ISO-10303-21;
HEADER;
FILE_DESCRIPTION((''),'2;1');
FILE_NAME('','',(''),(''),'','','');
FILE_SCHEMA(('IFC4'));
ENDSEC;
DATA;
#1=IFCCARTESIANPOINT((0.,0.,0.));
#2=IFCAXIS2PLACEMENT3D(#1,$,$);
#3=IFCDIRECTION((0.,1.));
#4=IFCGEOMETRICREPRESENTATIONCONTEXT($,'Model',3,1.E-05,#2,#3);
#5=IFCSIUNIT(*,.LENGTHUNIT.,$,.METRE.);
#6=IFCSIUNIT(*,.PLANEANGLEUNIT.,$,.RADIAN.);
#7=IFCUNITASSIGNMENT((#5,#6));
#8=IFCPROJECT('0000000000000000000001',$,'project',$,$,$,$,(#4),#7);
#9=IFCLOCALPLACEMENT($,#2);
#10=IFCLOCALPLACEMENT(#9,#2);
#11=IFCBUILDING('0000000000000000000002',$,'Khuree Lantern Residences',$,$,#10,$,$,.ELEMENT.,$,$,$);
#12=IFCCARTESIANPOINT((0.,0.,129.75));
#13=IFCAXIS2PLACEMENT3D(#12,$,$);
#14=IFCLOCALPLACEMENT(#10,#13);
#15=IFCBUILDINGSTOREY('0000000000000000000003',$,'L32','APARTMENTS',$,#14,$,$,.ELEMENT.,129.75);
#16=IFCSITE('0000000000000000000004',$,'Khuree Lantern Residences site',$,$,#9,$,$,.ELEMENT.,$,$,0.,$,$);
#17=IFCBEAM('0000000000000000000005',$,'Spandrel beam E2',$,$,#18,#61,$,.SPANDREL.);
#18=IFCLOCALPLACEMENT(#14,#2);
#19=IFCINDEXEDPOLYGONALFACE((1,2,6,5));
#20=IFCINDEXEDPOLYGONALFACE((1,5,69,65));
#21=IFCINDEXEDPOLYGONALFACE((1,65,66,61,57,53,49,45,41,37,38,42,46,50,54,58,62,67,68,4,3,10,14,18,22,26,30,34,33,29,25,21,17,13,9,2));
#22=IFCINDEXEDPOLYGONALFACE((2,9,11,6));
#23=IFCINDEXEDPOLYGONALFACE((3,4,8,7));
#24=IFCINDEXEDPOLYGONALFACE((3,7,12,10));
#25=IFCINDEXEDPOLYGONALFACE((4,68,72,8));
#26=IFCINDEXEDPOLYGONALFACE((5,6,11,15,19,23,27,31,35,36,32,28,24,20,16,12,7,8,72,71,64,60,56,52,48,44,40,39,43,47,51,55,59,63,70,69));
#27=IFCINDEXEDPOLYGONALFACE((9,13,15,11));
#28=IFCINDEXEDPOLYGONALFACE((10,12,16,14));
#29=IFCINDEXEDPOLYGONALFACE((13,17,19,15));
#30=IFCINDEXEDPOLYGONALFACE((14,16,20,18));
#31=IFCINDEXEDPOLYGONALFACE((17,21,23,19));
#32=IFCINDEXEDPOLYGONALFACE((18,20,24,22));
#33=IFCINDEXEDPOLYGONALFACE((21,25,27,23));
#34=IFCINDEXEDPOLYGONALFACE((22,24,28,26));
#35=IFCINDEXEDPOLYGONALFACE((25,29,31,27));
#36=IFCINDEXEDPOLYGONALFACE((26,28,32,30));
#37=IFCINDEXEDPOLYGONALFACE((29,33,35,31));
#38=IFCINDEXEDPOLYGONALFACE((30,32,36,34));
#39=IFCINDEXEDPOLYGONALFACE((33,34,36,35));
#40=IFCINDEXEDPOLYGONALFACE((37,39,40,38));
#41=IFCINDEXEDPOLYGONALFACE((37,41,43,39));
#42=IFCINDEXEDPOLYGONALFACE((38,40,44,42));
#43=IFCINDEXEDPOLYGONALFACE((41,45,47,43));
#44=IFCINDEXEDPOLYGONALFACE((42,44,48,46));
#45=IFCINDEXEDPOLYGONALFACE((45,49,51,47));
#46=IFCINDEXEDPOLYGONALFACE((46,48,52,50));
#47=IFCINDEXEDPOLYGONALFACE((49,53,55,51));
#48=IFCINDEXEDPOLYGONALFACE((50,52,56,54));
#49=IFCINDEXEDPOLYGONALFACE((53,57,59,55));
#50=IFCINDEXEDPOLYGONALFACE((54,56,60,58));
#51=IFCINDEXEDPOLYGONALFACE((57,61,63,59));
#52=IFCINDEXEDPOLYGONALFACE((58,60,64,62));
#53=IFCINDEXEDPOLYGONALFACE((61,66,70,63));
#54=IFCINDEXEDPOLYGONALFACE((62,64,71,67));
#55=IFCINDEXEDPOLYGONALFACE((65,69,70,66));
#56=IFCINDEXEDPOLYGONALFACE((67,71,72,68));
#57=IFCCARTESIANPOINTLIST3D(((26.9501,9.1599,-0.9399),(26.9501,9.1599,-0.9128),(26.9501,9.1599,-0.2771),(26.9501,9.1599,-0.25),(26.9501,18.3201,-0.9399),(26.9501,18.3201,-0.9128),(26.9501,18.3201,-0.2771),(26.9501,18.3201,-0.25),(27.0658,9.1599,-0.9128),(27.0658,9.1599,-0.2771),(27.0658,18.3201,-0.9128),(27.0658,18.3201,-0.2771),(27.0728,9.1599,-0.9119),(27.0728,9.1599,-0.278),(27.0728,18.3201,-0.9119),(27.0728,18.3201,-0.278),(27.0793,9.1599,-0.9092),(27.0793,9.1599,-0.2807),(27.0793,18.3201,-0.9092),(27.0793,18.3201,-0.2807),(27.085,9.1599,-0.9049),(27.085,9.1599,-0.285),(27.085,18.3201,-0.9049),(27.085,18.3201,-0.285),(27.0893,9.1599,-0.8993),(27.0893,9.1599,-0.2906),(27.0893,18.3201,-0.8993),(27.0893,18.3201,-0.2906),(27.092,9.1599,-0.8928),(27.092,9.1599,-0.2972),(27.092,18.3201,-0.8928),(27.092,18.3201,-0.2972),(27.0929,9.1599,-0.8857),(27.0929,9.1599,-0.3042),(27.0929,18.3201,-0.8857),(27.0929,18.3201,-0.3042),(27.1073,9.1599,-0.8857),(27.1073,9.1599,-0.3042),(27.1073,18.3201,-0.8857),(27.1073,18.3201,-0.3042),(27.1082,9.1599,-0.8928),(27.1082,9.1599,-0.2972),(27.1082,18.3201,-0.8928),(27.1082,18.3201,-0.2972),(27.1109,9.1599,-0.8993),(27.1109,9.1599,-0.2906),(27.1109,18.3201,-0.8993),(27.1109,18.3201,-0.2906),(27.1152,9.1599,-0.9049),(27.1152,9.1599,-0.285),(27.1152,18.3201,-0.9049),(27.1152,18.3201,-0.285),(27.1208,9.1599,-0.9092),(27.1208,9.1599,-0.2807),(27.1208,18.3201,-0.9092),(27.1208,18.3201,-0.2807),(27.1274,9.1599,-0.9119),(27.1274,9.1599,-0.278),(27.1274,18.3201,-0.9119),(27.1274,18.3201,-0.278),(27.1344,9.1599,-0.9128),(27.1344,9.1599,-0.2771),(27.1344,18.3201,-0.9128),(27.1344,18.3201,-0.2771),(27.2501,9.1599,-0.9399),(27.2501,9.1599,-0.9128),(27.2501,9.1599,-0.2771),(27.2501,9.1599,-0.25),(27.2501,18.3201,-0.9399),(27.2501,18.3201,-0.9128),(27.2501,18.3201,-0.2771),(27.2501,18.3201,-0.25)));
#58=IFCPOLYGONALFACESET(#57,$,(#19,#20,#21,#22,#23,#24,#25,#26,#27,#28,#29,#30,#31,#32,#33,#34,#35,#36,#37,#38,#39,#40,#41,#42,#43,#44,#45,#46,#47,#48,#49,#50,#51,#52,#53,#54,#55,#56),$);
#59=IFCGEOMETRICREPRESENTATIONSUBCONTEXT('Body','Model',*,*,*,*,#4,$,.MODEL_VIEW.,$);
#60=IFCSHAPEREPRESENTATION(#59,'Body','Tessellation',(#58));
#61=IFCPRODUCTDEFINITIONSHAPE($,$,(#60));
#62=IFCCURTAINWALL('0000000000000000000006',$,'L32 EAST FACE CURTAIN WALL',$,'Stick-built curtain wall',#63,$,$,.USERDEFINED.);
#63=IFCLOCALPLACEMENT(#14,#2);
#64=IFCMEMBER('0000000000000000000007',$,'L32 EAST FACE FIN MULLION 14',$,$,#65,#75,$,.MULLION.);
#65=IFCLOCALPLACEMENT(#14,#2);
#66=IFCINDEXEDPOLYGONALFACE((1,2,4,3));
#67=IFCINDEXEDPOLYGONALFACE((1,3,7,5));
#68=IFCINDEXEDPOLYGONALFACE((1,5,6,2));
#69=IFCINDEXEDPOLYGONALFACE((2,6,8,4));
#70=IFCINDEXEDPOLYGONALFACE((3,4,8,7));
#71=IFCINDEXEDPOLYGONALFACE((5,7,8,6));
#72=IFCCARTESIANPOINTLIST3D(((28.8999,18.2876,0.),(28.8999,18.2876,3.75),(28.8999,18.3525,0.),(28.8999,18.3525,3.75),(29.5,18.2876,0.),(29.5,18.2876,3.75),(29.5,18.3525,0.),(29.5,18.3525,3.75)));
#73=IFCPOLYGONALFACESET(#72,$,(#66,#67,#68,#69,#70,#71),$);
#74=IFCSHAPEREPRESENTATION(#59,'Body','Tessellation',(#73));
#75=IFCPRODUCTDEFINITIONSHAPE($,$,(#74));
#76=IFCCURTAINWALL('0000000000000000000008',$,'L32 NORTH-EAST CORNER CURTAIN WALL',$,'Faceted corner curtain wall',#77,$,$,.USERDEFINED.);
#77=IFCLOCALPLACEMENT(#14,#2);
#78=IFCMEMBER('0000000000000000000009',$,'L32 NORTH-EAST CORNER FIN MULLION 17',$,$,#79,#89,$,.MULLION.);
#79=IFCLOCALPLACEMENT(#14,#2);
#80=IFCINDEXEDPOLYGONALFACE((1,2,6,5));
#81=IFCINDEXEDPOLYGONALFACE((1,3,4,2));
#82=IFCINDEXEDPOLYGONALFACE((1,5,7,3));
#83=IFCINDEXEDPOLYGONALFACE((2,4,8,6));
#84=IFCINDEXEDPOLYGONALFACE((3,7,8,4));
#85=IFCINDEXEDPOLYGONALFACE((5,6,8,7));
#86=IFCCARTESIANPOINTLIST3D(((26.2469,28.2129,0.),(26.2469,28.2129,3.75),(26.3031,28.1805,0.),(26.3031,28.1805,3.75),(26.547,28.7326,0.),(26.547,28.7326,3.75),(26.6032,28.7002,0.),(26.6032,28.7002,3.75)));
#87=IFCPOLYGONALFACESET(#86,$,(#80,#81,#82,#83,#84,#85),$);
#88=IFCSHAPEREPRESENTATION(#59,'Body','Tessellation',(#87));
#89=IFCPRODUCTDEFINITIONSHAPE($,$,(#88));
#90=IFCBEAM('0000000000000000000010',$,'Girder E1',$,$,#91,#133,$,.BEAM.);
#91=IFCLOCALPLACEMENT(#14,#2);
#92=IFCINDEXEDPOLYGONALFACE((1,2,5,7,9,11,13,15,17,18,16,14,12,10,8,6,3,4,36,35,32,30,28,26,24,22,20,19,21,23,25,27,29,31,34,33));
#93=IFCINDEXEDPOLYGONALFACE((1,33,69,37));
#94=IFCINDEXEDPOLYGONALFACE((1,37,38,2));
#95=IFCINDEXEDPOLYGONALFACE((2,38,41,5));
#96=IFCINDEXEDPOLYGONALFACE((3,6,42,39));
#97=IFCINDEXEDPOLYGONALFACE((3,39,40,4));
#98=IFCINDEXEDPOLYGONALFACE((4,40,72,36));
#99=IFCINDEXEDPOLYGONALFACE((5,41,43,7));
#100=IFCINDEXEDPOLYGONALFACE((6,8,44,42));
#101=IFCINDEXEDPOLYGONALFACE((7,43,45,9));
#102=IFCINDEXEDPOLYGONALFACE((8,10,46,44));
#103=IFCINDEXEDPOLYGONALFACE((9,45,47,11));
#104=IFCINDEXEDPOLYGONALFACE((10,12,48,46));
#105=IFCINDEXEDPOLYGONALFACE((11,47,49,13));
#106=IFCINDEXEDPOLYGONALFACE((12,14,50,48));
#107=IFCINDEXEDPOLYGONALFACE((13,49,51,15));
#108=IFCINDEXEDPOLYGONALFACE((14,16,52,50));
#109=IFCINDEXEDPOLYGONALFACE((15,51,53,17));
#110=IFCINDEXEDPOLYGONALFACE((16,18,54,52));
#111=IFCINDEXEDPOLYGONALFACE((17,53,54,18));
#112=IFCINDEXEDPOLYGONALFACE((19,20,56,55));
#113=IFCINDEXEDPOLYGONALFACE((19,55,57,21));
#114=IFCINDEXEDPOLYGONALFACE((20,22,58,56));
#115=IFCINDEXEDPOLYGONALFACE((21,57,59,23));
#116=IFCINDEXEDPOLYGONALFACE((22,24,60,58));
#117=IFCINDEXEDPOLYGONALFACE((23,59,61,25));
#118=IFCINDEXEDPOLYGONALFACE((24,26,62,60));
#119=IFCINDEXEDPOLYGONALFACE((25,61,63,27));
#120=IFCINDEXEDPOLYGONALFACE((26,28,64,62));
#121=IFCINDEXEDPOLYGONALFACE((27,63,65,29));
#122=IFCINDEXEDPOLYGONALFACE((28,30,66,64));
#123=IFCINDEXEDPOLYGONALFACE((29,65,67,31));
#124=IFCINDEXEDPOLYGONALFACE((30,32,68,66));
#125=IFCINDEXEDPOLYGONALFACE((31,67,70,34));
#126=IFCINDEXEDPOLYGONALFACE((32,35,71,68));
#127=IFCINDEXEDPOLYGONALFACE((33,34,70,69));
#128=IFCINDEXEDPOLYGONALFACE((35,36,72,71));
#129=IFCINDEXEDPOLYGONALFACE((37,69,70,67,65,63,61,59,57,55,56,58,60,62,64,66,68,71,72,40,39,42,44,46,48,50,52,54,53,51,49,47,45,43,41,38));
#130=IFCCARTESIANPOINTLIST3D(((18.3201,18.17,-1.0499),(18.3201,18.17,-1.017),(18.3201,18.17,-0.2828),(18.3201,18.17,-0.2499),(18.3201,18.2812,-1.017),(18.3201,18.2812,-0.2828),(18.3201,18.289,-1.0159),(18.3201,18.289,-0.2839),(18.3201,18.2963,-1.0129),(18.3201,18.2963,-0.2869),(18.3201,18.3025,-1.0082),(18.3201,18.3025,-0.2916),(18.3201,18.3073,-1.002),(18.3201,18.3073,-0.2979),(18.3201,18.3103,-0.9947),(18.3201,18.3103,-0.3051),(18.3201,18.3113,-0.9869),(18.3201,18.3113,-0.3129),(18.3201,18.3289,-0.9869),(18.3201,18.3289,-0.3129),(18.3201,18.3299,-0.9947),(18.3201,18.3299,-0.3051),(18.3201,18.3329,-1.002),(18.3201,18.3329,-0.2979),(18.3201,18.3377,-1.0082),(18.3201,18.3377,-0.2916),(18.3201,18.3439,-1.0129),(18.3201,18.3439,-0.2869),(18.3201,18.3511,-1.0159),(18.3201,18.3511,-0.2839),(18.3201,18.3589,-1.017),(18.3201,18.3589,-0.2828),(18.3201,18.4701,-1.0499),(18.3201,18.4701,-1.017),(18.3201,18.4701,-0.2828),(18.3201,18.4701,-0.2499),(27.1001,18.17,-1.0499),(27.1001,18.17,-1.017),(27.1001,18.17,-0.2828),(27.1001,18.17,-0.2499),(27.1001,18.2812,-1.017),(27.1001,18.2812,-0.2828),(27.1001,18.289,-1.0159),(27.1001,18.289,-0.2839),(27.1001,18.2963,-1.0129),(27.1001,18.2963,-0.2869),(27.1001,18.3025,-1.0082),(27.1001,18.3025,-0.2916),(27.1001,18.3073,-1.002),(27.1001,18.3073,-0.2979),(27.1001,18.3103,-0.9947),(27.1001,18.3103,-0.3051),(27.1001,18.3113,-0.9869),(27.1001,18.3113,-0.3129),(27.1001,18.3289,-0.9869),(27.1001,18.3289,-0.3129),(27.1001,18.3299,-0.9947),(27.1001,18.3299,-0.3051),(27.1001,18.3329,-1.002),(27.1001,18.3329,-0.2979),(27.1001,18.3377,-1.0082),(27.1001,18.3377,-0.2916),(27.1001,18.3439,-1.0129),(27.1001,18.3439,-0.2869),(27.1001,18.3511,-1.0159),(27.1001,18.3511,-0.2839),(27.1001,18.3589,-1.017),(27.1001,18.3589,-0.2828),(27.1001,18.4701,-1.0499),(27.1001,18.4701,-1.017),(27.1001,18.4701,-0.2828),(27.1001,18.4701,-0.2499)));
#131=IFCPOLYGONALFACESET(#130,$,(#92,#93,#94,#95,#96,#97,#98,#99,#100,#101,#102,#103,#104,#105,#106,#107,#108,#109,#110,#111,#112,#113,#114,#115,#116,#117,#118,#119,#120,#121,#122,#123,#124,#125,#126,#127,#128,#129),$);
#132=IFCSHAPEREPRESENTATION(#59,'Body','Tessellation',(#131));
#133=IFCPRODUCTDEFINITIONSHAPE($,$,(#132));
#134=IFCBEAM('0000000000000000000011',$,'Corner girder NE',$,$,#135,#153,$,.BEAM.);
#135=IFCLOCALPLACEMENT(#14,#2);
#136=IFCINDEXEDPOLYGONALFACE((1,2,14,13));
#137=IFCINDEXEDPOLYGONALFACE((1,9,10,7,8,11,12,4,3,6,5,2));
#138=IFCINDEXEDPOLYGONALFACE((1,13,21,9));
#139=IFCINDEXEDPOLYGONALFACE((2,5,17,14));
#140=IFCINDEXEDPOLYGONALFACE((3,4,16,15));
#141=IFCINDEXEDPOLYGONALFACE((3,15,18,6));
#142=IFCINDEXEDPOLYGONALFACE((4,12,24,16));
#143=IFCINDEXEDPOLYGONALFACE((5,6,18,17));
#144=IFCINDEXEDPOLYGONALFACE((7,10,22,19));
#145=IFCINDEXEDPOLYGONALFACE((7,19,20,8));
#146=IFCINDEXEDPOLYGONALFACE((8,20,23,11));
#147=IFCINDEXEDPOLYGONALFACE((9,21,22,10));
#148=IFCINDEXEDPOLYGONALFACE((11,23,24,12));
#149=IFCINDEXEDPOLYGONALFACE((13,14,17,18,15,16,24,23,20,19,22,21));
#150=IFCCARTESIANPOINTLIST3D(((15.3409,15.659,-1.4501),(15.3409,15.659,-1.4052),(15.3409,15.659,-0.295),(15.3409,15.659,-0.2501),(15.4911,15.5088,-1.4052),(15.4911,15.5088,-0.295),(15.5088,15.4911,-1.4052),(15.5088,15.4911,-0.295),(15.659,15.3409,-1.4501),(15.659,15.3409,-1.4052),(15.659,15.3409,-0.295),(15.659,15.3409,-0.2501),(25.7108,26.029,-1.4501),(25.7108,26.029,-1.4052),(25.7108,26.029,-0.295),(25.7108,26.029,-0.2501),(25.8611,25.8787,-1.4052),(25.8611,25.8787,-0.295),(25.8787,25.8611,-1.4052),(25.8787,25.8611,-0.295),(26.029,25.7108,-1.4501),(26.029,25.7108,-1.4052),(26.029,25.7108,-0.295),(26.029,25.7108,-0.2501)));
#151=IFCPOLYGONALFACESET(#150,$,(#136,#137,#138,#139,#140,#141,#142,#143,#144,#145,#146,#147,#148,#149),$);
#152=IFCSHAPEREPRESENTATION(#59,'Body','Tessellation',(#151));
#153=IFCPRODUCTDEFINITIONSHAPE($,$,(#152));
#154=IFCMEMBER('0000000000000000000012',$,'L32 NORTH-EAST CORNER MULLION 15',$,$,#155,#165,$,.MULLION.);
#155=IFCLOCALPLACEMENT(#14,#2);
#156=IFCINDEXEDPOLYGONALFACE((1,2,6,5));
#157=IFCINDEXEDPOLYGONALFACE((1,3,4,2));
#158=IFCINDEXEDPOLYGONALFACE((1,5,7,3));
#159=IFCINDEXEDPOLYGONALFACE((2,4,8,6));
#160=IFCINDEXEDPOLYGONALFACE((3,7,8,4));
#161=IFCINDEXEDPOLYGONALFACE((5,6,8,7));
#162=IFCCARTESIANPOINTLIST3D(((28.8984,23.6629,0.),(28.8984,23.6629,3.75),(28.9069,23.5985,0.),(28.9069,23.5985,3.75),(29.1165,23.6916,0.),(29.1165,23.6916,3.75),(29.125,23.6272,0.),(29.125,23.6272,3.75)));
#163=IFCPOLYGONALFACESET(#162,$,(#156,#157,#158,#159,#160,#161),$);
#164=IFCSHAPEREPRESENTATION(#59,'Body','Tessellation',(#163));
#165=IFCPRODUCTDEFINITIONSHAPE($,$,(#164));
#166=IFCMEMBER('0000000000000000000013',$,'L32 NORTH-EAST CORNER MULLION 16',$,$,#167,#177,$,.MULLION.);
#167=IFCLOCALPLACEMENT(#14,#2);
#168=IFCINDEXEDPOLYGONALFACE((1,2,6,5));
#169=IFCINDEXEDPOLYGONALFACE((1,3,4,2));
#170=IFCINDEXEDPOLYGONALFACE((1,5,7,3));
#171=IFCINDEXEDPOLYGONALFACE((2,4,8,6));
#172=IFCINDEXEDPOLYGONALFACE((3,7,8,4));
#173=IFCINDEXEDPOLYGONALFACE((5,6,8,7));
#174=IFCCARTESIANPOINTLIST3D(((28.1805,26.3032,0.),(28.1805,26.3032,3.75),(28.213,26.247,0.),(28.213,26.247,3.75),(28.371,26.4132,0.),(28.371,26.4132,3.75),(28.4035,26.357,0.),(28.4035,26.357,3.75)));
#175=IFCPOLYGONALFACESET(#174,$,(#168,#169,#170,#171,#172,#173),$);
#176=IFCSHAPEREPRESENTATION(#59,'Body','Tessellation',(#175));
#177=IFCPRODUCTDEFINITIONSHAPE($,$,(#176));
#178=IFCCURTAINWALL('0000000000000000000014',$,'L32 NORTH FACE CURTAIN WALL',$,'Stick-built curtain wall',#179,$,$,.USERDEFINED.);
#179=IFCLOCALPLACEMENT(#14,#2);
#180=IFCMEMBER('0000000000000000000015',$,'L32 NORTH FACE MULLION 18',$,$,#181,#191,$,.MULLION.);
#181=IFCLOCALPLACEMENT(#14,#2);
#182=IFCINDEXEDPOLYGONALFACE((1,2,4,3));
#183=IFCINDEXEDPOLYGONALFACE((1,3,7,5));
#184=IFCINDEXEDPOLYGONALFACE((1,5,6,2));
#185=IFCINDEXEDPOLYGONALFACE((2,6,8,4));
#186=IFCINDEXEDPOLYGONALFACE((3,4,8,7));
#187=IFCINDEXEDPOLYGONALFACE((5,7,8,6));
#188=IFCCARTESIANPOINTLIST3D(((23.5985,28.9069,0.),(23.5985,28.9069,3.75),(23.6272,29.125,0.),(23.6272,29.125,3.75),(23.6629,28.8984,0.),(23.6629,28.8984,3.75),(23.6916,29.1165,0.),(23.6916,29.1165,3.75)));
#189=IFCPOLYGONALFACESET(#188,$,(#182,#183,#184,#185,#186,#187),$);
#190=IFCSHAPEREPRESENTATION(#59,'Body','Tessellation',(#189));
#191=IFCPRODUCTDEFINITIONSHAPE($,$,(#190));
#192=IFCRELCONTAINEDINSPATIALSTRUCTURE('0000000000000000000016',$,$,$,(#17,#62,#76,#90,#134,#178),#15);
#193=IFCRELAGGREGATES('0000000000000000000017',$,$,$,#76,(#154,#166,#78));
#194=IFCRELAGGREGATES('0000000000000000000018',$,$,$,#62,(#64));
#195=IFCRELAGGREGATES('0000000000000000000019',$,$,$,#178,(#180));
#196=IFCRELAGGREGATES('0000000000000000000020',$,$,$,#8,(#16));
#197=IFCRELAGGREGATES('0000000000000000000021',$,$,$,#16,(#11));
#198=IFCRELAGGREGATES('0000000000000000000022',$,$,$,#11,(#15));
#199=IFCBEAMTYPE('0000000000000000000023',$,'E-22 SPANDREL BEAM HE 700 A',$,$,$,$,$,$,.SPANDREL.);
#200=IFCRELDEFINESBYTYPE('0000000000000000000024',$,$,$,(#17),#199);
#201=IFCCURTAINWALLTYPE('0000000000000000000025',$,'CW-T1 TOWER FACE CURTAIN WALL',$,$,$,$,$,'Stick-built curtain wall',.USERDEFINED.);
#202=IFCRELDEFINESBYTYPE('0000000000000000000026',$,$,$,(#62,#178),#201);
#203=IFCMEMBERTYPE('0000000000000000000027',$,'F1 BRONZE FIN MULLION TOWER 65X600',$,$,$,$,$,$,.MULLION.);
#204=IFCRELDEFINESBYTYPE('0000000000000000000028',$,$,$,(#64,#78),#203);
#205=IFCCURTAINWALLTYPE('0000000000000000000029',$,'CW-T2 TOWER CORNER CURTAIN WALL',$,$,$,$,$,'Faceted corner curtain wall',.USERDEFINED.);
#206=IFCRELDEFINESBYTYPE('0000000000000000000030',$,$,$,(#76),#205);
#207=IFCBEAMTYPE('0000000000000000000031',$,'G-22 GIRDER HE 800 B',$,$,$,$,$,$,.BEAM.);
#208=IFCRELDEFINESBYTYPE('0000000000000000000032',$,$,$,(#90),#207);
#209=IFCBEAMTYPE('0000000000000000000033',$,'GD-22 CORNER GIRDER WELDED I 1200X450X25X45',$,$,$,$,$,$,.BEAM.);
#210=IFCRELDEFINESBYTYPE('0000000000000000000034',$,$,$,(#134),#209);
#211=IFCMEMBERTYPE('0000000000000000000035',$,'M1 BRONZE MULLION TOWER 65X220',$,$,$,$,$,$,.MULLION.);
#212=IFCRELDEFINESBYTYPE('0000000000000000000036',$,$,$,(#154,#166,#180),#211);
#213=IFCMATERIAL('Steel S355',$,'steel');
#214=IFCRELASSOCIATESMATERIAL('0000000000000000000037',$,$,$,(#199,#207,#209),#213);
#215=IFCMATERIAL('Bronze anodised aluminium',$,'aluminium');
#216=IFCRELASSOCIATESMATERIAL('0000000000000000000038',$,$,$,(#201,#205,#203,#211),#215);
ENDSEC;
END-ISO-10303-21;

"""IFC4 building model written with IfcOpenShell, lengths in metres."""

from ifc_helpers import new_model, si_unit, direction, frame, origin, origin_2d, place, context, subcontext, project, spatial, rectangle, i_section, extrude, material, material_profile, profile_set, type_object, element, aggregate, save


model = new_model("IFC4")

# Units and contexts
model_context = context("Model", 3, precision=1e-05, world=origin(), true_north=direction((0.0, 1.0)))
body_context = subcontext(model_context, "Body", "Model", "MODEL_VIEW")
ifc_project = project(units=[si_unit("LENGTHUNIT", "METRE"), si_unit("PLANEANGLEUNIT", "RADIAN")], contexts=[model_context])

# Site, building, storey
site_placement = place(None, origin())
site = spatial("IfcSite", under=ifc_project, at=site_placement, Name="Khuree Lantern Residences site", CompositionType="ELEMENT", RefElevation=0.0)
building_placement = place(site_placement, origin())
building = spatial("IfcBuilding", under=site, at=building_placement, Name="Khuree Lantern Residences", CompositionType="ELEMENT")
storey_placement = place(building_placement, frame((0.0, 0.0, 129.75)))
storey = spatial("IfcBuildingStorey", under=building, at=storey_placement, Name="L32", Description="APARTMENTS", CompositionType="ELEMENT", Elevation=129.75)

# Beam
ifc_material_1 = material(Name="Steel S355", Category="steel")
ifc_material_profile_1 = material_profile(ifc_material_1, i_section(OverallWidth=0.3, OverallDepth=0.6899, WebThickness=0.0144, FlangeThickness=0.0271, FilletRadius=0.0271, at=origin_2d()), Name="HE 700 A")
ifc_profile_set_1 = profile_set([ifc_material_profile_1], Name="Steel S355")
beam_type_1 = type_object("IfcBeamType", Name="E-22 SPANDREL BEAM HE 700 A", PredefinedType="SPANDREL", material=ifc_profile_set_1)
beam_1_placement = place(storey_placement, frame((27.1001, 18.3201, -0.595), z_axis=(0.0, -1.0, 0.0), x_axis=(1.0, 0.0, 0.0)))
element("IfcBeam", 1, at=beam_1_placement, inside=storey, type_object=beam_type_1, Name="Spandrel beam E2", PredefinedType="SPANDREL", context=body_context, shape_type="SweptSolid", body=[
    extrude(i_section(OverallWidth=0.3, OverallDepth=0.6899, WebThickness=0.0144, FlangeThickness=0.0271, FilletRadius=0.0271, at=origin_2d()), origin(), (0.0, 0.0, 1.0), 9.1602),
])

# Curtain walls, members
ifc_material_2 = material(Name="Bronze anodised aluminium", Category="aluminium")
curtain_wall_type_1 = type_object("IfcCurtainWallType", Name="CW-T1 TOWER FACE CURTAIN WALL", ElementType="Stick-built curtain wall", PredefinedType="USERDEFINED", material=ifc_material_2)
curtain_wall_1_placement = place(storey_placement, origin())
curtain_wall_1 = element("IfcCurtainWall", 2, at=curtain_wall_1_placement, inside=storey, type_object=curtain_wall_type_1, Name="L32 EAST FACE CURTAIN WALL", ObjectType="Stick-built curtain wall", PredefinedType="USERDEFINED")
ifc_material_profile_2 = material_profile(ifc_material_2, rectangle(XDim=0.0649, YDim=0.6001, at=origin_2d()), Name="F1 65X600")
ifc_profile_set_2 = profile_set([ifc_material_profile_2], Name="Bronze anodised aluminium")
member_type_1 = type_object("IfcMemberType", Name="F1 BRONZE FIN MULLION TOWER 65X600", PredefinedType="MULLION", material=ifc_profile_set_2)
member_1_placement = place(storey_placement, frame((29.2, 18.3201, 0.0), z_axis=(0.0, 0.0, 1.0), x_axis=(0.0, 1.0, 0.0)))
member_1 = element("IfcMember", 3, at=member_1_placement, type_object=member_type_1, Name="L32 EAST FACE FIN MULLION 14", PredefinedType="MULLION", context=body_context, shape_type="SweptSolid", body=[
    extrude(rectangle(XDim=0.0649, YDim=0.6001, at=origin_2d()), origin(), (0.0, 0.0, 1.0), 3.75),
])
curtain_wall_type_2 = type_object("IfcCurtainWallType", Name="CW-T2 TOWER CORNER CURTAIN WALL", ElementType="Faceted corner curtain wall", PredefinedType="USERDEFINED", material=ifc_material_2)
curtain_wall_2_placement = place(storey_placement, origin())
curtain_wall_2 = element("IfcCurtainWall", 4, at=curtain_wall_2_placement, inside=storey, type_object=curtain_wall_type_2, Name="L32 NORTH-EAST CORNER CURTAIN WALL", ObjectType="Faceted corner curtain wall", PredefinedType="USERDEFINED")
member_2_placement = place(storey_placement, frame((26.425, 28.4565, 0.0), z_axis=(0.0, 0.0, 1.0), x_axis=(-0.866025, 0.5, 0.0)))
member_2 = element("IfcMember", 5, at=member_2_placement, type_object=member_type_1, Name="L32 NORTH-EAST CORNER FIN MULLION 17", PredefinedType="MULLION", context=body_context, shape_type="SweptSolid", body=[
    extrude(rectangle(XDim=0.0649, YDim=0.6001, at=origin_2d()), origin(), (0.0, 0.0, 1.0), 3.75),
])

# Beams
ifc_material_profile_3 = material_profile(ifc_material_1, i_section(OverallWidth=0.3, OverallDepth=0.8, WebThickness=0.0176, FlangeThickness=0.033, FilletRadius=0.03, at=origin_2d()), Name="HE 800 B")
ifc_profile_set_3 = profile_set([ifc_material_profile_3], Name="Steel S355")
beam_type_2 = type_object("IfcBeamType", Name="G-22 GIRDER HE 800 B", PredefinedType="BEAM", material=ifc_profile_set_3)
beam_2_placement = place(storey_placement, frame((27.1001, 18.3201, -0.6499), z_axis=(-1.0, 0.0, 0.0), x_axis=(0.0, -1.0, 0.0)))
element("IfcBeam", 6, at=beam_2_placement, inside=storey, type_object=beam_type_2, Name="Girder E1", PredefinedType="BEAM", context=body_context, shape_type="SweptSolid", body=[
    extrude(i_section(OverallWidth=0.3, OverallDepth=0.8, WebThickness=0.0176, FlangeThickness=0.033, FilletRadius=0.03, at=origin_2d()), origin(), (0.0, 0.0, 1.0), 8.78),
])
ifc_material_profile_4 = material_profile(ifc_material_1, i_section(OverallWidth=0.45, OverallDepth=1.2, WebThickness=0.0249, FlangeThickness=0.0449, at=origin_2d()), Name="WELDED I 1200X450X25X45")
ifc_profile_set_4 = profile_set([ifc_material_profile_4], Name="Steel S355")
beam_type_3 = type_object("IfcBeamType", Name="GD-22 CORNER GIRDER WELDED I 1200X450X25X45", PredefinedType="BEAM", material=ifc_profile_set_4)
beam_3_placement = place(storey_placement, frame((25.8699, 25.8699, -0.8501), z_axis=(-0.707107, -0.707107, 0.0), x_axis=(0.707107, -0.707107, 0.0)))
element("IfcBeam", 7, at=beam_3_placement, inside=storey, type_object=beam_type_3, Name="Corner girder NE", PredefinedType="BEAM", context=body_context, shape_type="SweptSolid", body=[
    extrude(i_section(OverallWidth=0.45, OverallDepth=1.2, WebThickness=0.0249, FlangeThickness=0.0449, at=origin_2d()), origin(), (0.0, 0.0, 1.0), 14.6653),
])

# Members
ifc_material_profile_5 = material_profile(ifc_material_2, rectangle(XDim=0.0649, YDim=0.22, at=origin_2d()), Name="M1 65X220")
ifc_profile_set_5 = profile_set([ifc_material_profile_5], Name="Bronze anodised aluminium")
member_type_2 = type_object("IfcMemberType", Name="M1 BRONZE MULLION TOWER 65X220", PredefinedType="MULLION", material=ifc_profile_set_5)
member_3_placement = place(storey_placement, frame((29.0117, 23.645, 0.0), z_axis=(0.0, 0.0, 1.0), x_axis=(-0.130526, 0.991445, 0.0)))
member_3 = element("IfcMember", 8, at=member_3_placement, type_object=member_type_2, Name="L32 NORTH-EAST CORNER MULLION 15", PredefinedType="MULLION", context=body_context, shape_type="SweptSolid", body=[
    extrude(rectangle(XDim=0.0649, YDim=0.22, at=origin_2d()), origin(), (0.0, 0.0, 1.0), 3.75),
])
member_4_placement = place(storey_placement, frame((28.292, 26.3301, 0.0), z_axis=(0.0, 0.0, 1.0), x_axis=(-0.5, 0.866025, 0.0)))
member_4 = element("IfcMember", 9, at=member_4_placement, type_object=member_type_2, Name="L32 NORTH-EAST CORNER MULLION 16", PredefinedType="MULLION", context=body_context, shape_type="SweptSolid", body=[
    extrude(rectangle(XDim=0.0649, YDim=0.22, at=origin_2d()), origin(), (0.0, 0.0, 1.0), 3.75),
])

# Curtain wall, member
curtain_wall_3_placement = place(storey_placement, origin())
curtain_wall_3 = element("IfcCurtainWall", 10, at=curtain_wall_3_placement, inside=storey, type_object=curtain_wall_type_1, Name="L32 NORTH FACE CURTAIN WALL", ObjectType="Stick-built curtain wall", PredefinedType="USERDEFINED")
member_5_placement = place(storey_placement, frame((23.645, 29.0117, 0.0), z_axis=(0.0, 0.0, 1.0), x_axis=(-0.991445, 0.130526, 0.0)))
member_5 = element("IfcMember", 11, at=member_5_placement, type_object=member_type_2, Name="L32 NORTH FACE MULLION 18", PredefinedType="MULLION", context=body_context, shape_type="SweptSolid", body=[
    extrude(rectangle(XDim=0.0649, YDim=0.22, at=origin_2d()), origin(), (0.0, 0.0, 1.0), 3.75),
])

aggregate(curtain_wall_2, [member_3, member_4, member_2])
aggregate(curtain_wall_1, [member_1])
aggregate(curtain_wall_3, [member_5])

save(model, "model.ifc")
